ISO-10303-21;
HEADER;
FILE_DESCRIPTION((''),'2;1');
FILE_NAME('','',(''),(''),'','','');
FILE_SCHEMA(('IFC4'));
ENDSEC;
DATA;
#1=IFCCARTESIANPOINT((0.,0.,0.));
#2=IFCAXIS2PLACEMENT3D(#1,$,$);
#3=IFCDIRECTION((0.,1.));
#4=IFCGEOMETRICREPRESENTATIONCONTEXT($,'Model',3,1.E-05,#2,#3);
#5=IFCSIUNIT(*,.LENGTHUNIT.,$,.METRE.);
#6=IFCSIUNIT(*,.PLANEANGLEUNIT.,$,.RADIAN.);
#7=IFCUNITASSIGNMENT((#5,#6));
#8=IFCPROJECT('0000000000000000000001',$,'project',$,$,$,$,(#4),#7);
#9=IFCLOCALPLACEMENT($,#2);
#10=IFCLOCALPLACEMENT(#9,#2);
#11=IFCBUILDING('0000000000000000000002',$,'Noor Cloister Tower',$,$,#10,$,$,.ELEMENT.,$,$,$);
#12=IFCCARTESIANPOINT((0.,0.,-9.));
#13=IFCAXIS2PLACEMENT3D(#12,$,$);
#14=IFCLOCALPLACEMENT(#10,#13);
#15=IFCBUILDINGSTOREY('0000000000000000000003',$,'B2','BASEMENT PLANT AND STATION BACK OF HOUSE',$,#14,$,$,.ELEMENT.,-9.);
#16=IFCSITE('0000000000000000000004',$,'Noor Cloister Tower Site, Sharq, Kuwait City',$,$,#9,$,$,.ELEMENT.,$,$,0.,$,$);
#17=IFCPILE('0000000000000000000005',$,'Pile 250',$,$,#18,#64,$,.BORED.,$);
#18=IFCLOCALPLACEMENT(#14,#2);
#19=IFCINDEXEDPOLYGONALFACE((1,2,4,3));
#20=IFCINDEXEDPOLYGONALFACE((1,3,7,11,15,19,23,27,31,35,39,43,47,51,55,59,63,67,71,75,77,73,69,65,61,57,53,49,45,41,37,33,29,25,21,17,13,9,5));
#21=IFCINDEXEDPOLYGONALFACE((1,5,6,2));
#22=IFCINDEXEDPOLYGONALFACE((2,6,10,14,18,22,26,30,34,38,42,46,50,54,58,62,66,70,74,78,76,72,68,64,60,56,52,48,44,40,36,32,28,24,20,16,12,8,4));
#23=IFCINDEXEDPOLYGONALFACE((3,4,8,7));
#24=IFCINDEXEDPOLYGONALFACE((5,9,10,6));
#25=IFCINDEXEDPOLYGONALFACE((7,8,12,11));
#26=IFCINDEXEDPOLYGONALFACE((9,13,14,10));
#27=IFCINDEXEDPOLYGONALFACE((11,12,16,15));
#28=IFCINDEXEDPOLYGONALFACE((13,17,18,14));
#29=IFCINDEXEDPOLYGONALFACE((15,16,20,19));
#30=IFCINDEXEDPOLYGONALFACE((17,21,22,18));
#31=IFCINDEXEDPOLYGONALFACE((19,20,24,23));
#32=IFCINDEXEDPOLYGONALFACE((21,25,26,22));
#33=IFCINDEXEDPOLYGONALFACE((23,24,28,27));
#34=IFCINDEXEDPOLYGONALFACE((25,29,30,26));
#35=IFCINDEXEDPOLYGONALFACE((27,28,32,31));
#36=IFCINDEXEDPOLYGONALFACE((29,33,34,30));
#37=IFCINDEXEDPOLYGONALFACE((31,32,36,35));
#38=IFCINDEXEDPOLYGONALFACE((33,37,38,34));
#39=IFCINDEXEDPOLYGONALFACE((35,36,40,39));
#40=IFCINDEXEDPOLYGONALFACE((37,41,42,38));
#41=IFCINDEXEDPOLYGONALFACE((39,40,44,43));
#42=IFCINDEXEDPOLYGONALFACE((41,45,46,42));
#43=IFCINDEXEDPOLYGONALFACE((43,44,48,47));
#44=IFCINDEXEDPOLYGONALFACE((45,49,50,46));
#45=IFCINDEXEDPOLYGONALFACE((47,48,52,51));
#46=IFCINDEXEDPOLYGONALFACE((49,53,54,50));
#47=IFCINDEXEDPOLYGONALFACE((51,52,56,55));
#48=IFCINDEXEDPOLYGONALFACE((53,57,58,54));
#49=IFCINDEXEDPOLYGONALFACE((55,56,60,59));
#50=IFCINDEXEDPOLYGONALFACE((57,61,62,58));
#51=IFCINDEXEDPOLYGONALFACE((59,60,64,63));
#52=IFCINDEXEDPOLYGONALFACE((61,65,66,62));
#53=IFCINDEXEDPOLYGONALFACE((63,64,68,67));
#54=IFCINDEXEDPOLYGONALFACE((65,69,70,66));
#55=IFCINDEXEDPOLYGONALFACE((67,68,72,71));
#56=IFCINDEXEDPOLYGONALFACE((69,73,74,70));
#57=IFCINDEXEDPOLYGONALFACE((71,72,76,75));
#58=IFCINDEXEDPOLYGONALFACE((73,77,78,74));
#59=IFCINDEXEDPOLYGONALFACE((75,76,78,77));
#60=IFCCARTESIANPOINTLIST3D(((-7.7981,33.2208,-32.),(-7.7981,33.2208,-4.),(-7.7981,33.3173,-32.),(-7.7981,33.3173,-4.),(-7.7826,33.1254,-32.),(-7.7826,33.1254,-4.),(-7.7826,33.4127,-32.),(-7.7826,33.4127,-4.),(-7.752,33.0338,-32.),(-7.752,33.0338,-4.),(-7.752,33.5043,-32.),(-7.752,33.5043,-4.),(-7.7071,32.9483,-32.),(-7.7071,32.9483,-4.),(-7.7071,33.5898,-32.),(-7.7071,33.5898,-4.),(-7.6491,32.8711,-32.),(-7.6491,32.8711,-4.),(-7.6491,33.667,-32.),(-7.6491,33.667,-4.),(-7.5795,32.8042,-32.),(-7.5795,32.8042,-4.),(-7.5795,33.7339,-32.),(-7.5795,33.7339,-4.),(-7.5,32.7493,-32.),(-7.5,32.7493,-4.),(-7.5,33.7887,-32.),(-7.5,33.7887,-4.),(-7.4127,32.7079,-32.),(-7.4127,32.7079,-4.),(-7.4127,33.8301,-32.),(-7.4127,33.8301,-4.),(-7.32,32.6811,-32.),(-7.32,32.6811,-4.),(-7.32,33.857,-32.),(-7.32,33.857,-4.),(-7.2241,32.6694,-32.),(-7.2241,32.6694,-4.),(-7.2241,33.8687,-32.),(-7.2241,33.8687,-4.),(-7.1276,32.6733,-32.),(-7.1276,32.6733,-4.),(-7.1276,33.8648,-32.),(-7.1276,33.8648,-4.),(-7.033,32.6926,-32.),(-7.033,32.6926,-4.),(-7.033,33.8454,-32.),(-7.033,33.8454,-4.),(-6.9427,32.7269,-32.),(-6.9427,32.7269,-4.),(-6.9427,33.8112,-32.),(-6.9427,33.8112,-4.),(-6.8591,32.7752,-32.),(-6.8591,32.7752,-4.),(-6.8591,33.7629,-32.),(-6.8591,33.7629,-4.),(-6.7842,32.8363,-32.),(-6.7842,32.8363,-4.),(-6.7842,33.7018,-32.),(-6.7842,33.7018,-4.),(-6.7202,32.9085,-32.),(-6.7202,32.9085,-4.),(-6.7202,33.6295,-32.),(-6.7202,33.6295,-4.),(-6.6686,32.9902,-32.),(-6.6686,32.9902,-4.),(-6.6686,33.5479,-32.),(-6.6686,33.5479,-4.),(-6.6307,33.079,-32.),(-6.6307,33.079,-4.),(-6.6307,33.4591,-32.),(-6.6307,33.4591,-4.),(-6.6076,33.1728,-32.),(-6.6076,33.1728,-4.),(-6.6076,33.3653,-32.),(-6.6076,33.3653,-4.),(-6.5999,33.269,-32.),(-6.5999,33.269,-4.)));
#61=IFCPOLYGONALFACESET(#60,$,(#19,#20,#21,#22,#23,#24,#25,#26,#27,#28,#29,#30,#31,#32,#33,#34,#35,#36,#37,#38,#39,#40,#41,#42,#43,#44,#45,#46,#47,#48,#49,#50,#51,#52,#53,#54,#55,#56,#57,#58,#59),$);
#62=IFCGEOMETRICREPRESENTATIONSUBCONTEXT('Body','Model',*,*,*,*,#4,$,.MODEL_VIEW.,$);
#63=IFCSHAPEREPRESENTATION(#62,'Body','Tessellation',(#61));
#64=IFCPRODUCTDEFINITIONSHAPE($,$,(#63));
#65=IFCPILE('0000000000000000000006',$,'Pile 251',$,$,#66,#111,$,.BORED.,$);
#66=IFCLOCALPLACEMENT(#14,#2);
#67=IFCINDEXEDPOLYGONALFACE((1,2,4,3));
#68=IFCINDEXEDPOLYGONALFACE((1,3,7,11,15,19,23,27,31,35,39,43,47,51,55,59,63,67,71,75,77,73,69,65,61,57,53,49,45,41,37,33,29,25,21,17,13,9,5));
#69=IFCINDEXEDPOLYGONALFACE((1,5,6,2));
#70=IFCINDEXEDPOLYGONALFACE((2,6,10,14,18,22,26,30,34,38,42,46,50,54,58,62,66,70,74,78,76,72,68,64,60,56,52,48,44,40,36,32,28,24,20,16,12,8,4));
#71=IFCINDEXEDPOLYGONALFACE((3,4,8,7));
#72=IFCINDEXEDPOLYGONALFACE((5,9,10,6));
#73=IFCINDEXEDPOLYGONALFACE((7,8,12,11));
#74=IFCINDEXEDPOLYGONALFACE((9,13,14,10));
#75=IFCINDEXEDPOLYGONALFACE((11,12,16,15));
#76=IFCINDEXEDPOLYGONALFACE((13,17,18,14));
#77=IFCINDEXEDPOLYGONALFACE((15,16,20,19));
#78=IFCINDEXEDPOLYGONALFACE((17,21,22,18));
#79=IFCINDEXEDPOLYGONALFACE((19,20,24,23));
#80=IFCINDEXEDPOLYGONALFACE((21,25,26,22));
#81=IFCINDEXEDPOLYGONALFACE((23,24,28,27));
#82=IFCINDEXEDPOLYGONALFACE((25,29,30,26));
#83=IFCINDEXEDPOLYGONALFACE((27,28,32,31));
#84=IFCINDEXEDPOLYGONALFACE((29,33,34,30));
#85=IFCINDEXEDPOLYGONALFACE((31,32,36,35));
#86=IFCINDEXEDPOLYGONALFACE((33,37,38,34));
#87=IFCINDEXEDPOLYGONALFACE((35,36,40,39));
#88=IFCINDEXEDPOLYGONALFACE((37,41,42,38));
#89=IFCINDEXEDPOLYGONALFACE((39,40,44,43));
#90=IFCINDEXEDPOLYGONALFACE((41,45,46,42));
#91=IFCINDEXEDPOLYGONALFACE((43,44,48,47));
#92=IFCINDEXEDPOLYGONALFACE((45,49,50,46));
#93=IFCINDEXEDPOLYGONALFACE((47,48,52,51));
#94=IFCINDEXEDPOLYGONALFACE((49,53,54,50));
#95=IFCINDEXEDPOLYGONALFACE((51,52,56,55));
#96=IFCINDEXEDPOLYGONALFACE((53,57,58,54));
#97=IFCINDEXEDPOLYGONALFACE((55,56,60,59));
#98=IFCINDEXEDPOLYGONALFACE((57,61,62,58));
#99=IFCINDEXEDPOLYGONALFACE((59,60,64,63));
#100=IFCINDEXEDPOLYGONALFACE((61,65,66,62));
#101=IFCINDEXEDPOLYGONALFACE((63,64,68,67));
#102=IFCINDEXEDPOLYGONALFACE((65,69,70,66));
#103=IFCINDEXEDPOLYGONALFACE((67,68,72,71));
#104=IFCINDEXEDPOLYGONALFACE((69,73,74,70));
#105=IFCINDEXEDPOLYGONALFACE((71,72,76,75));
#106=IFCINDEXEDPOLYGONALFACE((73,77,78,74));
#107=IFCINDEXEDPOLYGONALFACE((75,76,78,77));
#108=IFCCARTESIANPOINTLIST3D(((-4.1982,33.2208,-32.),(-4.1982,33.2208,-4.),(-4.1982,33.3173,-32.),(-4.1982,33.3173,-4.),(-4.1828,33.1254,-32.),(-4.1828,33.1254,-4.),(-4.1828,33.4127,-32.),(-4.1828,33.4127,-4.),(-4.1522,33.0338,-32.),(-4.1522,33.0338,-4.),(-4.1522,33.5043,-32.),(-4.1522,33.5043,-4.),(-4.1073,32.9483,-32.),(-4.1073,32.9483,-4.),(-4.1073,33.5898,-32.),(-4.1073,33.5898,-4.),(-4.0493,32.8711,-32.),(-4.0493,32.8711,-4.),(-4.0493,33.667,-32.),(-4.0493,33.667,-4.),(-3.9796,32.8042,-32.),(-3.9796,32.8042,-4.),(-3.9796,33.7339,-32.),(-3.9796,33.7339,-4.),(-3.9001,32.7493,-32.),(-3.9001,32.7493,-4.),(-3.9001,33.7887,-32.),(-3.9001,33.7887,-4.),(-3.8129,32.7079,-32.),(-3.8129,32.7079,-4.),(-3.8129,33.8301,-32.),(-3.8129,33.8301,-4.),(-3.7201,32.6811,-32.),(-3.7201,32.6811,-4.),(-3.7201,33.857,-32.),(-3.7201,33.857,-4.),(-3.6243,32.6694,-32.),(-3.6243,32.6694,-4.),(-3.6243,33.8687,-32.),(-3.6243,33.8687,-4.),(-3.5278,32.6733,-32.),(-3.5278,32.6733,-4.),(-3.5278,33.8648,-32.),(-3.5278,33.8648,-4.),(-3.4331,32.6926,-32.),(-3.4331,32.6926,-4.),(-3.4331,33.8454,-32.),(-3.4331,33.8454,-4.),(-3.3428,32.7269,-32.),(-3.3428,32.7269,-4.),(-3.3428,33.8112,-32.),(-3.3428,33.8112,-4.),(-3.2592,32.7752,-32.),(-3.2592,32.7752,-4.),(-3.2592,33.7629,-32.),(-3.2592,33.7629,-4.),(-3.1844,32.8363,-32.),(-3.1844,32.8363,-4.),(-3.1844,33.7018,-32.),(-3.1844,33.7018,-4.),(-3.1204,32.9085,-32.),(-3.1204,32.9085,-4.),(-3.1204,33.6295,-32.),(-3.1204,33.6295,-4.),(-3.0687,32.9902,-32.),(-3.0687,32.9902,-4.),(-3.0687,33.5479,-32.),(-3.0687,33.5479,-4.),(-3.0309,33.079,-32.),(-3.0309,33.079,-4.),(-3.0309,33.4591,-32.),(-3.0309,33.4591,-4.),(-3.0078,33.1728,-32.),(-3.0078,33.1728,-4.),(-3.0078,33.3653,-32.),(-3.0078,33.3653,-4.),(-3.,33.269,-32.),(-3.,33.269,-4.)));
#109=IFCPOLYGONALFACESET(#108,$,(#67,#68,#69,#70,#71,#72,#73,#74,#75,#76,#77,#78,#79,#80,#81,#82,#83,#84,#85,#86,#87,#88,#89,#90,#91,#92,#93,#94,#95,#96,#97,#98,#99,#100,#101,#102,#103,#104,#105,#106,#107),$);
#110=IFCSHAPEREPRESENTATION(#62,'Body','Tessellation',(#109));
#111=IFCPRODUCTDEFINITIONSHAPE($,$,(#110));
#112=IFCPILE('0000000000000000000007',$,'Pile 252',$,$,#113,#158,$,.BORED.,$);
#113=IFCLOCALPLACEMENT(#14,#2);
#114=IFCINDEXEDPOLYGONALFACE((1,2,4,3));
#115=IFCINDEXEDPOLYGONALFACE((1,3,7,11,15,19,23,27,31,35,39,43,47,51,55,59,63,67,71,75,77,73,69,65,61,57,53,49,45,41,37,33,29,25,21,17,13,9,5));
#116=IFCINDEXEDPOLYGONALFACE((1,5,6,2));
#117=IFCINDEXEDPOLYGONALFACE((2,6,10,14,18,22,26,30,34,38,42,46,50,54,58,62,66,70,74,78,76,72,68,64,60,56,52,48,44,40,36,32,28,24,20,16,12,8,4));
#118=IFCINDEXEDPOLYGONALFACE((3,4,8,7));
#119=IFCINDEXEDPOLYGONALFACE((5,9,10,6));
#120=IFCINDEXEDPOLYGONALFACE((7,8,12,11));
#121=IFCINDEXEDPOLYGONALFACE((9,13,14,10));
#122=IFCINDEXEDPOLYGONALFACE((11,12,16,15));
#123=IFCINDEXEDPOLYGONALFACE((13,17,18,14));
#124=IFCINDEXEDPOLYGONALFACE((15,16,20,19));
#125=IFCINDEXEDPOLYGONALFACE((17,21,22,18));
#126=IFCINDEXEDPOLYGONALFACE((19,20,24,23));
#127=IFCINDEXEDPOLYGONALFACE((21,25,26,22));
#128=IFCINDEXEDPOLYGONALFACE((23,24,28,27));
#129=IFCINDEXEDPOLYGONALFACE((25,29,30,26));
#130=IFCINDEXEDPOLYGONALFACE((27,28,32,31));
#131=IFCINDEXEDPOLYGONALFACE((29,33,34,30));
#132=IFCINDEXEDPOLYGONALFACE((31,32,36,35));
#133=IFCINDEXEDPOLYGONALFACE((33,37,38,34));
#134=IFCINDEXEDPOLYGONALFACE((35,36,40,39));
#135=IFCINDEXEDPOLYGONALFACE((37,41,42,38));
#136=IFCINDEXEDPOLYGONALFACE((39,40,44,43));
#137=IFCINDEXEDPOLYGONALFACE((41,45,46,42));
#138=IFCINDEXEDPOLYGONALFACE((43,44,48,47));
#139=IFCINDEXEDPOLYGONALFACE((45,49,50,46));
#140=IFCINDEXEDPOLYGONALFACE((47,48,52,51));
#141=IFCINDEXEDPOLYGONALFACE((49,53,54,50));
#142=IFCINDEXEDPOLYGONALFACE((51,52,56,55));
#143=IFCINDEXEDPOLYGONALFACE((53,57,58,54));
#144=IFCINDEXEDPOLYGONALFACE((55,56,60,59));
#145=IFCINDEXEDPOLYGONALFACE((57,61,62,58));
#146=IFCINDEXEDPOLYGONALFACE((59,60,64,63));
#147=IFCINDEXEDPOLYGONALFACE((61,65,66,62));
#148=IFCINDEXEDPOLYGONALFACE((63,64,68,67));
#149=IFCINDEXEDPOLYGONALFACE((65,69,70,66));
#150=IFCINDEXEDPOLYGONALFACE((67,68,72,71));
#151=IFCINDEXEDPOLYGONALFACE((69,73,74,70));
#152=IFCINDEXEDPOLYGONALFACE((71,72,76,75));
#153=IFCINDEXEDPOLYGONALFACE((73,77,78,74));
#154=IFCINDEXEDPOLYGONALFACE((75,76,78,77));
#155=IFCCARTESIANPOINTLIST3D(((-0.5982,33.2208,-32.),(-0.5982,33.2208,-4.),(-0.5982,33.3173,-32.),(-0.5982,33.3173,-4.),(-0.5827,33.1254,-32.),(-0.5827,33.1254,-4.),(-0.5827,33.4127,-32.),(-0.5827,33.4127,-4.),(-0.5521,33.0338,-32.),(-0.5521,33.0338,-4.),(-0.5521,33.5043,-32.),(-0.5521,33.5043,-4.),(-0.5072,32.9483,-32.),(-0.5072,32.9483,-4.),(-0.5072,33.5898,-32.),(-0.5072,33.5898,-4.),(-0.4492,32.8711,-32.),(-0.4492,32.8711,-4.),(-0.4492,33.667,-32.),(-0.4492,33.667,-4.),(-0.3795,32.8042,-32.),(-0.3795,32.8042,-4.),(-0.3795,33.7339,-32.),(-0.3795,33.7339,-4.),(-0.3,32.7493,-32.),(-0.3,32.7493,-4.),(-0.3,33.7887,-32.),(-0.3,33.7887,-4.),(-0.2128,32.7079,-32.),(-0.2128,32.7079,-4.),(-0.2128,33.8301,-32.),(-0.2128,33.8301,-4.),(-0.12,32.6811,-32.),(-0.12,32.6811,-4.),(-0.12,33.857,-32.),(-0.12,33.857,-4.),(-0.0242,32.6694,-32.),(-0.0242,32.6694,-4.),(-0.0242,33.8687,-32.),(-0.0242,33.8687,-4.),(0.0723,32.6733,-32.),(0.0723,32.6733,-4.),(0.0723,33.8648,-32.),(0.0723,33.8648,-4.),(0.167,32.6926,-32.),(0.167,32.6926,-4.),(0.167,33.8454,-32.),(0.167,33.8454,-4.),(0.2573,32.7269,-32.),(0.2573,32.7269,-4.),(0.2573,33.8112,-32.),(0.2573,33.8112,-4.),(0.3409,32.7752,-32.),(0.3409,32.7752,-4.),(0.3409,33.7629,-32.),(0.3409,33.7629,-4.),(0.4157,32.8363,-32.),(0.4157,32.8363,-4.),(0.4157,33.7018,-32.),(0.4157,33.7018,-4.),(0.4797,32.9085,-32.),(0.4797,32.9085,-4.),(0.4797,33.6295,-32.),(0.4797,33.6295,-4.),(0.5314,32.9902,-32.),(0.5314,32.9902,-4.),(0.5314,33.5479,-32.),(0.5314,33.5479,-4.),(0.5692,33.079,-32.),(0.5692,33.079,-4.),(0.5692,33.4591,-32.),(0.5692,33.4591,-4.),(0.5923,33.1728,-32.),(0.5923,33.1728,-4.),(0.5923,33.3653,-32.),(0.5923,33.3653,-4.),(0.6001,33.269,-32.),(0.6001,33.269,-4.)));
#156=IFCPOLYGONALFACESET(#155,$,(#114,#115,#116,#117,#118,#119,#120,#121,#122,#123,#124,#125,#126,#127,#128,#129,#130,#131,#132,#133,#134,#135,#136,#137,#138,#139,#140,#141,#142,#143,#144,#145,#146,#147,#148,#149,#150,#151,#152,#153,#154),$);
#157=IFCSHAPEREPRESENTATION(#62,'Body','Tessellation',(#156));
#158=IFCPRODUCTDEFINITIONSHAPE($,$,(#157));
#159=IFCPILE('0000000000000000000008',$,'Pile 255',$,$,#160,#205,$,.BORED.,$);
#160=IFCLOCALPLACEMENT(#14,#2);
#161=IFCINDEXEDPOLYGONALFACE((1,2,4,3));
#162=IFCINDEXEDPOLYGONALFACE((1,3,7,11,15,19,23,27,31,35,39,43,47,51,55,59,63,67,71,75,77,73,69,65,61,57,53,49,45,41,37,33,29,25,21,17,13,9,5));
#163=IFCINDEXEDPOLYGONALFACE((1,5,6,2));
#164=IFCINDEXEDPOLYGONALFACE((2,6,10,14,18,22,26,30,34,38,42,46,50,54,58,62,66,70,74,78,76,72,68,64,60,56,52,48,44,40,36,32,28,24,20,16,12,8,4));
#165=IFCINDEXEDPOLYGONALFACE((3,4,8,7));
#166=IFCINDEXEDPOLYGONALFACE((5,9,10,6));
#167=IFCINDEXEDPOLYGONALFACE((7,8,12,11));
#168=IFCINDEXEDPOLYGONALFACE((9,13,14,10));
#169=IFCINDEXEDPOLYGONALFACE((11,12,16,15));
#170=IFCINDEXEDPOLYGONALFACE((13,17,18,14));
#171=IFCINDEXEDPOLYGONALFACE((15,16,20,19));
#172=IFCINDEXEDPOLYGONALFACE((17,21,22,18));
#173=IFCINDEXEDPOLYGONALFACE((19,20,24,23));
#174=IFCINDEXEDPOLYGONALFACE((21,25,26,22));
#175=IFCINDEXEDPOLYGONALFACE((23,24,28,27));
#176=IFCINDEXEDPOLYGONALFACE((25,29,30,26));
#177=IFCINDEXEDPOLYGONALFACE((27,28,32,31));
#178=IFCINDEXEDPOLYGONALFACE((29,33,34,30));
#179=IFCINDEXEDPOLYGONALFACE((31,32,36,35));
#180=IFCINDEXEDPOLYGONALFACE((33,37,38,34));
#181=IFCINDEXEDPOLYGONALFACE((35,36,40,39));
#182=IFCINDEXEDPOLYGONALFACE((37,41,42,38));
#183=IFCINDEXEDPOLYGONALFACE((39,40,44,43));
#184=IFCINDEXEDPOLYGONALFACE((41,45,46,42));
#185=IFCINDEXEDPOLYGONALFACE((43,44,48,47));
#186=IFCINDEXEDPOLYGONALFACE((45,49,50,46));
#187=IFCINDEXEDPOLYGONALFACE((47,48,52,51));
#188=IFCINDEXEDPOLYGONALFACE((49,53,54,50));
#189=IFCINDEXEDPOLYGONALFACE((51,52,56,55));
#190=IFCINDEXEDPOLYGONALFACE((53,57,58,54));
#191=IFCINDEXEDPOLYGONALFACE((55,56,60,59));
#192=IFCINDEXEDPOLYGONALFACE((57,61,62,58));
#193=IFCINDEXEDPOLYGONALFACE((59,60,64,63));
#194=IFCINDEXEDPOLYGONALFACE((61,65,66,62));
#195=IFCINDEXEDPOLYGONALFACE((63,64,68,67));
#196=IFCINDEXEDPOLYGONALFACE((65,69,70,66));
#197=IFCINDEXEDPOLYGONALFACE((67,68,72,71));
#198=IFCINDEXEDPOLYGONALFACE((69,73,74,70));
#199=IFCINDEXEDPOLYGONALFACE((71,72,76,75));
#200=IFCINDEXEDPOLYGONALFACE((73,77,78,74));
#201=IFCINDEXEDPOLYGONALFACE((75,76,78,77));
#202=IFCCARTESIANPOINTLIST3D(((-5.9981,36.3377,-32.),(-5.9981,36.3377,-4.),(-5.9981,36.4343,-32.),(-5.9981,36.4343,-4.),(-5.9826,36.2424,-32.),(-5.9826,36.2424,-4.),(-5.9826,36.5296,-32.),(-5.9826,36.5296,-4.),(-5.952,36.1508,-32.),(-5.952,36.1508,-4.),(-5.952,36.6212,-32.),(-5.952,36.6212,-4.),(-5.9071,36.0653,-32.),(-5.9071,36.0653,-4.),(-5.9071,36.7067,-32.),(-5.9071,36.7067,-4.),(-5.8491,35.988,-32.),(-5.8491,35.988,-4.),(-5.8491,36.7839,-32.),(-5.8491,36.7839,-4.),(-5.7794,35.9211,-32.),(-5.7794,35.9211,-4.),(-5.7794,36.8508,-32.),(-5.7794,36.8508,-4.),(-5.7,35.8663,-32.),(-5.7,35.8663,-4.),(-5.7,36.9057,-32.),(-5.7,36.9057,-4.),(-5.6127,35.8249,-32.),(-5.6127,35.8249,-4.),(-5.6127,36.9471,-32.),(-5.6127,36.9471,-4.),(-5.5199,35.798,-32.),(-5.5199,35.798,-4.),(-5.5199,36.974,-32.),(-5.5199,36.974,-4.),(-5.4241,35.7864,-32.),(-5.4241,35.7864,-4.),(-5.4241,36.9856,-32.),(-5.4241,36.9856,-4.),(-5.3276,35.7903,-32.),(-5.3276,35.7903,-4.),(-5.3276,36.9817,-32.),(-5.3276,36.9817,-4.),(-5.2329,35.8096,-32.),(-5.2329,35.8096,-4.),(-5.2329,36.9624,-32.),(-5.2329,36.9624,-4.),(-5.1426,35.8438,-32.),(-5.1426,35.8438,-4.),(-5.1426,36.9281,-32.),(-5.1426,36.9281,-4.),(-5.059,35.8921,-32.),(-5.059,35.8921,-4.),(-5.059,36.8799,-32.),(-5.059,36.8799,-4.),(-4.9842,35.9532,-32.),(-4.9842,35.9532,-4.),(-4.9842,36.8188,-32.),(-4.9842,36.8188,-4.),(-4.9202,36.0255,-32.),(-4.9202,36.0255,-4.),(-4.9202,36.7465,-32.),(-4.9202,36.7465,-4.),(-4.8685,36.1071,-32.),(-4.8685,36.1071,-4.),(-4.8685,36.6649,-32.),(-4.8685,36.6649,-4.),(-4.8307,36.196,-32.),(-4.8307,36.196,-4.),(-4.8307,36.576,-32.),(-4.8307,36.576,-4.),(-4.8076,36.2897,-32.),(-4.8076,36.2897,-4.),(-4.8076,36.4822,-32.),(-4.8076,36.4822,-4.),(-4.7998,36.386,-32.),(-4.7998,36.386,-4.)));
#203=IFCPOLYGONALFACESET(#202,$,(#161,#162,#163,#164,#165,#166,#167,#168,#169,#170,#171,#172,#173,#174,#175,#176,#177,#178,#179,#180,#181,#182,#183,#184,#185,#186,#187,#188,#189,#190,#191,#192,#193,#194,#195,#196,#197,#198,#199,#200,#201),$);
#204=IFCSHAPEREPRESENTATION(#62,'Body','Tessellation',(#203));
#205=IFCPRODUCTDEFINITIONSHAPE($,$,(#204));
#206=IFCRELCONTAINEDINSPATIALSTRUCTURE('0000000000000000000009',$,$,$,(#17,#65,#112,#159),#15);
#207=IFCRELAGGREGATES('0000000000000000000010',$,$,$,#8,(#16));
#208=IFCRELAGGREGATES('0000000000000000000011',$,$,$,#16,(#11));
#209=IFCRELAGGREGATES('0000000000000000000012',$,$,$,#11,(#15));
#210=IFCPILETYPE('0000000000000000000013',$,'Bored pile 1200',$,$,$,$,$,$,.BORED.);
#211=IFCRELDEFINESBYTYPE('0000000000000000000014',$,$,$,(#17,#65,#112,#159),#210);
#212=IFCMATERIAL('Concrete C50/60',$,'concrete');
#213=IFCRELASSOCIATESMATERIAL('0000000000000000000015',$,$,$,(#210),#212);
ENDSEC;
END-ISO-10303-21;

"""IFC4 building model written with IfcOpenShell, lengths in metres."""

from ifc_helpers import new_model, si_unit, direction, frame, origin, origin_2d, place, context, subcontext, project, spatial, circle, extrude, material, material_profile, profile_set, type_object, element, save


model = new_model("IFC4")

# Units and contexts
model_context = context("Model", 3, precision=1e-05, world=origin(), true_north=direction((0.0, 1.0)))
body_context = subcontext(model_context, "Body", "Model", "MODEL_VIEW")
ifc_project = project(units=[si_unit("LENGTHUNIT", "METRE"), si_unit("PLANEANGLEUNIT", "RADIAN")], contexts=[model_context])

# Site, building, storey
site_placement = place(None, origin())
site = spatial("IfcSite", under=ifc_project, at=site_placement, Name="Noor Cloister Tower Site, Sharq, Kuwait City", CompositionType="ELEMENT", RefElevation=0.0)
building_placement = place(site_placement, origin())
building = spatial("IfcBuilding", under=site, at=building_placement, Name="Noor Cloister Tower", CompositionType="ELEMENT")
storey_placement = place(building_placement, frame((0.0, 0.0, -9.0)))
storey = spatial("IfcBuildingStorey", under=building, at=storey_placement, Name="B2", Description="BASEMENT PLANT AND STATION BACK OF HOUSE", CompositionType="ELEMENT", Elevation=-9.0)

# Piles
ifc_material_1 = material(Name="Concrete C50/60", Category="concrete")
ifc_material_profile_1 = material_profile(ifc_material_1, circle(Radius=0.6001, at=origin_2d()), Name="Bored pile 1200")
ifc_profile_set_1 = profile_set([ifc_material_profile_1], Name="Concrete C50/60")
pile_type = type_object("IfcPileType", Name="Bored pile 1200", PredefinedType="BORED", material=ifc_profile_set_1)
for number, where, z_axis, x_axis, name in (
    (1, (-7.2, 33.269, -4.0), (0.0, 0.0, -1.0), (1.0, 0.0, 0.0), "Pile 250"),
    (2, (-3.6001, 33.269, -4.0), (0.0, 0.0, -1.0), (1.0, 0.0, 0.0), "Pile 251"),
    (3, (0.0, 33.269, -4.0), (0.0, 0.0, -1.0), (1.0, 0.0, 0.0), "Pile 252"),
    (4, (-5.3999, 36.386, -4.0), (0.0, 0.0, -1.0), (1.0, 0.0, 0.0), "Pile 255"),
):
    element("IfcPile", number, at=place(storey_placement, frame(where, z_axis=z_axis, x_axis=x_axis)), inside=storey, type_object=pile_type, Name=name, PredefinedType="BORED", context=body_context, shape_type="SweptSolid", body=[
        extrude(circle(Radius=0.6001, at=origin_2d()), origin(), (0.0, 0.0, 1.0), 28.0),
    ])

save(model, "model.ifc")
